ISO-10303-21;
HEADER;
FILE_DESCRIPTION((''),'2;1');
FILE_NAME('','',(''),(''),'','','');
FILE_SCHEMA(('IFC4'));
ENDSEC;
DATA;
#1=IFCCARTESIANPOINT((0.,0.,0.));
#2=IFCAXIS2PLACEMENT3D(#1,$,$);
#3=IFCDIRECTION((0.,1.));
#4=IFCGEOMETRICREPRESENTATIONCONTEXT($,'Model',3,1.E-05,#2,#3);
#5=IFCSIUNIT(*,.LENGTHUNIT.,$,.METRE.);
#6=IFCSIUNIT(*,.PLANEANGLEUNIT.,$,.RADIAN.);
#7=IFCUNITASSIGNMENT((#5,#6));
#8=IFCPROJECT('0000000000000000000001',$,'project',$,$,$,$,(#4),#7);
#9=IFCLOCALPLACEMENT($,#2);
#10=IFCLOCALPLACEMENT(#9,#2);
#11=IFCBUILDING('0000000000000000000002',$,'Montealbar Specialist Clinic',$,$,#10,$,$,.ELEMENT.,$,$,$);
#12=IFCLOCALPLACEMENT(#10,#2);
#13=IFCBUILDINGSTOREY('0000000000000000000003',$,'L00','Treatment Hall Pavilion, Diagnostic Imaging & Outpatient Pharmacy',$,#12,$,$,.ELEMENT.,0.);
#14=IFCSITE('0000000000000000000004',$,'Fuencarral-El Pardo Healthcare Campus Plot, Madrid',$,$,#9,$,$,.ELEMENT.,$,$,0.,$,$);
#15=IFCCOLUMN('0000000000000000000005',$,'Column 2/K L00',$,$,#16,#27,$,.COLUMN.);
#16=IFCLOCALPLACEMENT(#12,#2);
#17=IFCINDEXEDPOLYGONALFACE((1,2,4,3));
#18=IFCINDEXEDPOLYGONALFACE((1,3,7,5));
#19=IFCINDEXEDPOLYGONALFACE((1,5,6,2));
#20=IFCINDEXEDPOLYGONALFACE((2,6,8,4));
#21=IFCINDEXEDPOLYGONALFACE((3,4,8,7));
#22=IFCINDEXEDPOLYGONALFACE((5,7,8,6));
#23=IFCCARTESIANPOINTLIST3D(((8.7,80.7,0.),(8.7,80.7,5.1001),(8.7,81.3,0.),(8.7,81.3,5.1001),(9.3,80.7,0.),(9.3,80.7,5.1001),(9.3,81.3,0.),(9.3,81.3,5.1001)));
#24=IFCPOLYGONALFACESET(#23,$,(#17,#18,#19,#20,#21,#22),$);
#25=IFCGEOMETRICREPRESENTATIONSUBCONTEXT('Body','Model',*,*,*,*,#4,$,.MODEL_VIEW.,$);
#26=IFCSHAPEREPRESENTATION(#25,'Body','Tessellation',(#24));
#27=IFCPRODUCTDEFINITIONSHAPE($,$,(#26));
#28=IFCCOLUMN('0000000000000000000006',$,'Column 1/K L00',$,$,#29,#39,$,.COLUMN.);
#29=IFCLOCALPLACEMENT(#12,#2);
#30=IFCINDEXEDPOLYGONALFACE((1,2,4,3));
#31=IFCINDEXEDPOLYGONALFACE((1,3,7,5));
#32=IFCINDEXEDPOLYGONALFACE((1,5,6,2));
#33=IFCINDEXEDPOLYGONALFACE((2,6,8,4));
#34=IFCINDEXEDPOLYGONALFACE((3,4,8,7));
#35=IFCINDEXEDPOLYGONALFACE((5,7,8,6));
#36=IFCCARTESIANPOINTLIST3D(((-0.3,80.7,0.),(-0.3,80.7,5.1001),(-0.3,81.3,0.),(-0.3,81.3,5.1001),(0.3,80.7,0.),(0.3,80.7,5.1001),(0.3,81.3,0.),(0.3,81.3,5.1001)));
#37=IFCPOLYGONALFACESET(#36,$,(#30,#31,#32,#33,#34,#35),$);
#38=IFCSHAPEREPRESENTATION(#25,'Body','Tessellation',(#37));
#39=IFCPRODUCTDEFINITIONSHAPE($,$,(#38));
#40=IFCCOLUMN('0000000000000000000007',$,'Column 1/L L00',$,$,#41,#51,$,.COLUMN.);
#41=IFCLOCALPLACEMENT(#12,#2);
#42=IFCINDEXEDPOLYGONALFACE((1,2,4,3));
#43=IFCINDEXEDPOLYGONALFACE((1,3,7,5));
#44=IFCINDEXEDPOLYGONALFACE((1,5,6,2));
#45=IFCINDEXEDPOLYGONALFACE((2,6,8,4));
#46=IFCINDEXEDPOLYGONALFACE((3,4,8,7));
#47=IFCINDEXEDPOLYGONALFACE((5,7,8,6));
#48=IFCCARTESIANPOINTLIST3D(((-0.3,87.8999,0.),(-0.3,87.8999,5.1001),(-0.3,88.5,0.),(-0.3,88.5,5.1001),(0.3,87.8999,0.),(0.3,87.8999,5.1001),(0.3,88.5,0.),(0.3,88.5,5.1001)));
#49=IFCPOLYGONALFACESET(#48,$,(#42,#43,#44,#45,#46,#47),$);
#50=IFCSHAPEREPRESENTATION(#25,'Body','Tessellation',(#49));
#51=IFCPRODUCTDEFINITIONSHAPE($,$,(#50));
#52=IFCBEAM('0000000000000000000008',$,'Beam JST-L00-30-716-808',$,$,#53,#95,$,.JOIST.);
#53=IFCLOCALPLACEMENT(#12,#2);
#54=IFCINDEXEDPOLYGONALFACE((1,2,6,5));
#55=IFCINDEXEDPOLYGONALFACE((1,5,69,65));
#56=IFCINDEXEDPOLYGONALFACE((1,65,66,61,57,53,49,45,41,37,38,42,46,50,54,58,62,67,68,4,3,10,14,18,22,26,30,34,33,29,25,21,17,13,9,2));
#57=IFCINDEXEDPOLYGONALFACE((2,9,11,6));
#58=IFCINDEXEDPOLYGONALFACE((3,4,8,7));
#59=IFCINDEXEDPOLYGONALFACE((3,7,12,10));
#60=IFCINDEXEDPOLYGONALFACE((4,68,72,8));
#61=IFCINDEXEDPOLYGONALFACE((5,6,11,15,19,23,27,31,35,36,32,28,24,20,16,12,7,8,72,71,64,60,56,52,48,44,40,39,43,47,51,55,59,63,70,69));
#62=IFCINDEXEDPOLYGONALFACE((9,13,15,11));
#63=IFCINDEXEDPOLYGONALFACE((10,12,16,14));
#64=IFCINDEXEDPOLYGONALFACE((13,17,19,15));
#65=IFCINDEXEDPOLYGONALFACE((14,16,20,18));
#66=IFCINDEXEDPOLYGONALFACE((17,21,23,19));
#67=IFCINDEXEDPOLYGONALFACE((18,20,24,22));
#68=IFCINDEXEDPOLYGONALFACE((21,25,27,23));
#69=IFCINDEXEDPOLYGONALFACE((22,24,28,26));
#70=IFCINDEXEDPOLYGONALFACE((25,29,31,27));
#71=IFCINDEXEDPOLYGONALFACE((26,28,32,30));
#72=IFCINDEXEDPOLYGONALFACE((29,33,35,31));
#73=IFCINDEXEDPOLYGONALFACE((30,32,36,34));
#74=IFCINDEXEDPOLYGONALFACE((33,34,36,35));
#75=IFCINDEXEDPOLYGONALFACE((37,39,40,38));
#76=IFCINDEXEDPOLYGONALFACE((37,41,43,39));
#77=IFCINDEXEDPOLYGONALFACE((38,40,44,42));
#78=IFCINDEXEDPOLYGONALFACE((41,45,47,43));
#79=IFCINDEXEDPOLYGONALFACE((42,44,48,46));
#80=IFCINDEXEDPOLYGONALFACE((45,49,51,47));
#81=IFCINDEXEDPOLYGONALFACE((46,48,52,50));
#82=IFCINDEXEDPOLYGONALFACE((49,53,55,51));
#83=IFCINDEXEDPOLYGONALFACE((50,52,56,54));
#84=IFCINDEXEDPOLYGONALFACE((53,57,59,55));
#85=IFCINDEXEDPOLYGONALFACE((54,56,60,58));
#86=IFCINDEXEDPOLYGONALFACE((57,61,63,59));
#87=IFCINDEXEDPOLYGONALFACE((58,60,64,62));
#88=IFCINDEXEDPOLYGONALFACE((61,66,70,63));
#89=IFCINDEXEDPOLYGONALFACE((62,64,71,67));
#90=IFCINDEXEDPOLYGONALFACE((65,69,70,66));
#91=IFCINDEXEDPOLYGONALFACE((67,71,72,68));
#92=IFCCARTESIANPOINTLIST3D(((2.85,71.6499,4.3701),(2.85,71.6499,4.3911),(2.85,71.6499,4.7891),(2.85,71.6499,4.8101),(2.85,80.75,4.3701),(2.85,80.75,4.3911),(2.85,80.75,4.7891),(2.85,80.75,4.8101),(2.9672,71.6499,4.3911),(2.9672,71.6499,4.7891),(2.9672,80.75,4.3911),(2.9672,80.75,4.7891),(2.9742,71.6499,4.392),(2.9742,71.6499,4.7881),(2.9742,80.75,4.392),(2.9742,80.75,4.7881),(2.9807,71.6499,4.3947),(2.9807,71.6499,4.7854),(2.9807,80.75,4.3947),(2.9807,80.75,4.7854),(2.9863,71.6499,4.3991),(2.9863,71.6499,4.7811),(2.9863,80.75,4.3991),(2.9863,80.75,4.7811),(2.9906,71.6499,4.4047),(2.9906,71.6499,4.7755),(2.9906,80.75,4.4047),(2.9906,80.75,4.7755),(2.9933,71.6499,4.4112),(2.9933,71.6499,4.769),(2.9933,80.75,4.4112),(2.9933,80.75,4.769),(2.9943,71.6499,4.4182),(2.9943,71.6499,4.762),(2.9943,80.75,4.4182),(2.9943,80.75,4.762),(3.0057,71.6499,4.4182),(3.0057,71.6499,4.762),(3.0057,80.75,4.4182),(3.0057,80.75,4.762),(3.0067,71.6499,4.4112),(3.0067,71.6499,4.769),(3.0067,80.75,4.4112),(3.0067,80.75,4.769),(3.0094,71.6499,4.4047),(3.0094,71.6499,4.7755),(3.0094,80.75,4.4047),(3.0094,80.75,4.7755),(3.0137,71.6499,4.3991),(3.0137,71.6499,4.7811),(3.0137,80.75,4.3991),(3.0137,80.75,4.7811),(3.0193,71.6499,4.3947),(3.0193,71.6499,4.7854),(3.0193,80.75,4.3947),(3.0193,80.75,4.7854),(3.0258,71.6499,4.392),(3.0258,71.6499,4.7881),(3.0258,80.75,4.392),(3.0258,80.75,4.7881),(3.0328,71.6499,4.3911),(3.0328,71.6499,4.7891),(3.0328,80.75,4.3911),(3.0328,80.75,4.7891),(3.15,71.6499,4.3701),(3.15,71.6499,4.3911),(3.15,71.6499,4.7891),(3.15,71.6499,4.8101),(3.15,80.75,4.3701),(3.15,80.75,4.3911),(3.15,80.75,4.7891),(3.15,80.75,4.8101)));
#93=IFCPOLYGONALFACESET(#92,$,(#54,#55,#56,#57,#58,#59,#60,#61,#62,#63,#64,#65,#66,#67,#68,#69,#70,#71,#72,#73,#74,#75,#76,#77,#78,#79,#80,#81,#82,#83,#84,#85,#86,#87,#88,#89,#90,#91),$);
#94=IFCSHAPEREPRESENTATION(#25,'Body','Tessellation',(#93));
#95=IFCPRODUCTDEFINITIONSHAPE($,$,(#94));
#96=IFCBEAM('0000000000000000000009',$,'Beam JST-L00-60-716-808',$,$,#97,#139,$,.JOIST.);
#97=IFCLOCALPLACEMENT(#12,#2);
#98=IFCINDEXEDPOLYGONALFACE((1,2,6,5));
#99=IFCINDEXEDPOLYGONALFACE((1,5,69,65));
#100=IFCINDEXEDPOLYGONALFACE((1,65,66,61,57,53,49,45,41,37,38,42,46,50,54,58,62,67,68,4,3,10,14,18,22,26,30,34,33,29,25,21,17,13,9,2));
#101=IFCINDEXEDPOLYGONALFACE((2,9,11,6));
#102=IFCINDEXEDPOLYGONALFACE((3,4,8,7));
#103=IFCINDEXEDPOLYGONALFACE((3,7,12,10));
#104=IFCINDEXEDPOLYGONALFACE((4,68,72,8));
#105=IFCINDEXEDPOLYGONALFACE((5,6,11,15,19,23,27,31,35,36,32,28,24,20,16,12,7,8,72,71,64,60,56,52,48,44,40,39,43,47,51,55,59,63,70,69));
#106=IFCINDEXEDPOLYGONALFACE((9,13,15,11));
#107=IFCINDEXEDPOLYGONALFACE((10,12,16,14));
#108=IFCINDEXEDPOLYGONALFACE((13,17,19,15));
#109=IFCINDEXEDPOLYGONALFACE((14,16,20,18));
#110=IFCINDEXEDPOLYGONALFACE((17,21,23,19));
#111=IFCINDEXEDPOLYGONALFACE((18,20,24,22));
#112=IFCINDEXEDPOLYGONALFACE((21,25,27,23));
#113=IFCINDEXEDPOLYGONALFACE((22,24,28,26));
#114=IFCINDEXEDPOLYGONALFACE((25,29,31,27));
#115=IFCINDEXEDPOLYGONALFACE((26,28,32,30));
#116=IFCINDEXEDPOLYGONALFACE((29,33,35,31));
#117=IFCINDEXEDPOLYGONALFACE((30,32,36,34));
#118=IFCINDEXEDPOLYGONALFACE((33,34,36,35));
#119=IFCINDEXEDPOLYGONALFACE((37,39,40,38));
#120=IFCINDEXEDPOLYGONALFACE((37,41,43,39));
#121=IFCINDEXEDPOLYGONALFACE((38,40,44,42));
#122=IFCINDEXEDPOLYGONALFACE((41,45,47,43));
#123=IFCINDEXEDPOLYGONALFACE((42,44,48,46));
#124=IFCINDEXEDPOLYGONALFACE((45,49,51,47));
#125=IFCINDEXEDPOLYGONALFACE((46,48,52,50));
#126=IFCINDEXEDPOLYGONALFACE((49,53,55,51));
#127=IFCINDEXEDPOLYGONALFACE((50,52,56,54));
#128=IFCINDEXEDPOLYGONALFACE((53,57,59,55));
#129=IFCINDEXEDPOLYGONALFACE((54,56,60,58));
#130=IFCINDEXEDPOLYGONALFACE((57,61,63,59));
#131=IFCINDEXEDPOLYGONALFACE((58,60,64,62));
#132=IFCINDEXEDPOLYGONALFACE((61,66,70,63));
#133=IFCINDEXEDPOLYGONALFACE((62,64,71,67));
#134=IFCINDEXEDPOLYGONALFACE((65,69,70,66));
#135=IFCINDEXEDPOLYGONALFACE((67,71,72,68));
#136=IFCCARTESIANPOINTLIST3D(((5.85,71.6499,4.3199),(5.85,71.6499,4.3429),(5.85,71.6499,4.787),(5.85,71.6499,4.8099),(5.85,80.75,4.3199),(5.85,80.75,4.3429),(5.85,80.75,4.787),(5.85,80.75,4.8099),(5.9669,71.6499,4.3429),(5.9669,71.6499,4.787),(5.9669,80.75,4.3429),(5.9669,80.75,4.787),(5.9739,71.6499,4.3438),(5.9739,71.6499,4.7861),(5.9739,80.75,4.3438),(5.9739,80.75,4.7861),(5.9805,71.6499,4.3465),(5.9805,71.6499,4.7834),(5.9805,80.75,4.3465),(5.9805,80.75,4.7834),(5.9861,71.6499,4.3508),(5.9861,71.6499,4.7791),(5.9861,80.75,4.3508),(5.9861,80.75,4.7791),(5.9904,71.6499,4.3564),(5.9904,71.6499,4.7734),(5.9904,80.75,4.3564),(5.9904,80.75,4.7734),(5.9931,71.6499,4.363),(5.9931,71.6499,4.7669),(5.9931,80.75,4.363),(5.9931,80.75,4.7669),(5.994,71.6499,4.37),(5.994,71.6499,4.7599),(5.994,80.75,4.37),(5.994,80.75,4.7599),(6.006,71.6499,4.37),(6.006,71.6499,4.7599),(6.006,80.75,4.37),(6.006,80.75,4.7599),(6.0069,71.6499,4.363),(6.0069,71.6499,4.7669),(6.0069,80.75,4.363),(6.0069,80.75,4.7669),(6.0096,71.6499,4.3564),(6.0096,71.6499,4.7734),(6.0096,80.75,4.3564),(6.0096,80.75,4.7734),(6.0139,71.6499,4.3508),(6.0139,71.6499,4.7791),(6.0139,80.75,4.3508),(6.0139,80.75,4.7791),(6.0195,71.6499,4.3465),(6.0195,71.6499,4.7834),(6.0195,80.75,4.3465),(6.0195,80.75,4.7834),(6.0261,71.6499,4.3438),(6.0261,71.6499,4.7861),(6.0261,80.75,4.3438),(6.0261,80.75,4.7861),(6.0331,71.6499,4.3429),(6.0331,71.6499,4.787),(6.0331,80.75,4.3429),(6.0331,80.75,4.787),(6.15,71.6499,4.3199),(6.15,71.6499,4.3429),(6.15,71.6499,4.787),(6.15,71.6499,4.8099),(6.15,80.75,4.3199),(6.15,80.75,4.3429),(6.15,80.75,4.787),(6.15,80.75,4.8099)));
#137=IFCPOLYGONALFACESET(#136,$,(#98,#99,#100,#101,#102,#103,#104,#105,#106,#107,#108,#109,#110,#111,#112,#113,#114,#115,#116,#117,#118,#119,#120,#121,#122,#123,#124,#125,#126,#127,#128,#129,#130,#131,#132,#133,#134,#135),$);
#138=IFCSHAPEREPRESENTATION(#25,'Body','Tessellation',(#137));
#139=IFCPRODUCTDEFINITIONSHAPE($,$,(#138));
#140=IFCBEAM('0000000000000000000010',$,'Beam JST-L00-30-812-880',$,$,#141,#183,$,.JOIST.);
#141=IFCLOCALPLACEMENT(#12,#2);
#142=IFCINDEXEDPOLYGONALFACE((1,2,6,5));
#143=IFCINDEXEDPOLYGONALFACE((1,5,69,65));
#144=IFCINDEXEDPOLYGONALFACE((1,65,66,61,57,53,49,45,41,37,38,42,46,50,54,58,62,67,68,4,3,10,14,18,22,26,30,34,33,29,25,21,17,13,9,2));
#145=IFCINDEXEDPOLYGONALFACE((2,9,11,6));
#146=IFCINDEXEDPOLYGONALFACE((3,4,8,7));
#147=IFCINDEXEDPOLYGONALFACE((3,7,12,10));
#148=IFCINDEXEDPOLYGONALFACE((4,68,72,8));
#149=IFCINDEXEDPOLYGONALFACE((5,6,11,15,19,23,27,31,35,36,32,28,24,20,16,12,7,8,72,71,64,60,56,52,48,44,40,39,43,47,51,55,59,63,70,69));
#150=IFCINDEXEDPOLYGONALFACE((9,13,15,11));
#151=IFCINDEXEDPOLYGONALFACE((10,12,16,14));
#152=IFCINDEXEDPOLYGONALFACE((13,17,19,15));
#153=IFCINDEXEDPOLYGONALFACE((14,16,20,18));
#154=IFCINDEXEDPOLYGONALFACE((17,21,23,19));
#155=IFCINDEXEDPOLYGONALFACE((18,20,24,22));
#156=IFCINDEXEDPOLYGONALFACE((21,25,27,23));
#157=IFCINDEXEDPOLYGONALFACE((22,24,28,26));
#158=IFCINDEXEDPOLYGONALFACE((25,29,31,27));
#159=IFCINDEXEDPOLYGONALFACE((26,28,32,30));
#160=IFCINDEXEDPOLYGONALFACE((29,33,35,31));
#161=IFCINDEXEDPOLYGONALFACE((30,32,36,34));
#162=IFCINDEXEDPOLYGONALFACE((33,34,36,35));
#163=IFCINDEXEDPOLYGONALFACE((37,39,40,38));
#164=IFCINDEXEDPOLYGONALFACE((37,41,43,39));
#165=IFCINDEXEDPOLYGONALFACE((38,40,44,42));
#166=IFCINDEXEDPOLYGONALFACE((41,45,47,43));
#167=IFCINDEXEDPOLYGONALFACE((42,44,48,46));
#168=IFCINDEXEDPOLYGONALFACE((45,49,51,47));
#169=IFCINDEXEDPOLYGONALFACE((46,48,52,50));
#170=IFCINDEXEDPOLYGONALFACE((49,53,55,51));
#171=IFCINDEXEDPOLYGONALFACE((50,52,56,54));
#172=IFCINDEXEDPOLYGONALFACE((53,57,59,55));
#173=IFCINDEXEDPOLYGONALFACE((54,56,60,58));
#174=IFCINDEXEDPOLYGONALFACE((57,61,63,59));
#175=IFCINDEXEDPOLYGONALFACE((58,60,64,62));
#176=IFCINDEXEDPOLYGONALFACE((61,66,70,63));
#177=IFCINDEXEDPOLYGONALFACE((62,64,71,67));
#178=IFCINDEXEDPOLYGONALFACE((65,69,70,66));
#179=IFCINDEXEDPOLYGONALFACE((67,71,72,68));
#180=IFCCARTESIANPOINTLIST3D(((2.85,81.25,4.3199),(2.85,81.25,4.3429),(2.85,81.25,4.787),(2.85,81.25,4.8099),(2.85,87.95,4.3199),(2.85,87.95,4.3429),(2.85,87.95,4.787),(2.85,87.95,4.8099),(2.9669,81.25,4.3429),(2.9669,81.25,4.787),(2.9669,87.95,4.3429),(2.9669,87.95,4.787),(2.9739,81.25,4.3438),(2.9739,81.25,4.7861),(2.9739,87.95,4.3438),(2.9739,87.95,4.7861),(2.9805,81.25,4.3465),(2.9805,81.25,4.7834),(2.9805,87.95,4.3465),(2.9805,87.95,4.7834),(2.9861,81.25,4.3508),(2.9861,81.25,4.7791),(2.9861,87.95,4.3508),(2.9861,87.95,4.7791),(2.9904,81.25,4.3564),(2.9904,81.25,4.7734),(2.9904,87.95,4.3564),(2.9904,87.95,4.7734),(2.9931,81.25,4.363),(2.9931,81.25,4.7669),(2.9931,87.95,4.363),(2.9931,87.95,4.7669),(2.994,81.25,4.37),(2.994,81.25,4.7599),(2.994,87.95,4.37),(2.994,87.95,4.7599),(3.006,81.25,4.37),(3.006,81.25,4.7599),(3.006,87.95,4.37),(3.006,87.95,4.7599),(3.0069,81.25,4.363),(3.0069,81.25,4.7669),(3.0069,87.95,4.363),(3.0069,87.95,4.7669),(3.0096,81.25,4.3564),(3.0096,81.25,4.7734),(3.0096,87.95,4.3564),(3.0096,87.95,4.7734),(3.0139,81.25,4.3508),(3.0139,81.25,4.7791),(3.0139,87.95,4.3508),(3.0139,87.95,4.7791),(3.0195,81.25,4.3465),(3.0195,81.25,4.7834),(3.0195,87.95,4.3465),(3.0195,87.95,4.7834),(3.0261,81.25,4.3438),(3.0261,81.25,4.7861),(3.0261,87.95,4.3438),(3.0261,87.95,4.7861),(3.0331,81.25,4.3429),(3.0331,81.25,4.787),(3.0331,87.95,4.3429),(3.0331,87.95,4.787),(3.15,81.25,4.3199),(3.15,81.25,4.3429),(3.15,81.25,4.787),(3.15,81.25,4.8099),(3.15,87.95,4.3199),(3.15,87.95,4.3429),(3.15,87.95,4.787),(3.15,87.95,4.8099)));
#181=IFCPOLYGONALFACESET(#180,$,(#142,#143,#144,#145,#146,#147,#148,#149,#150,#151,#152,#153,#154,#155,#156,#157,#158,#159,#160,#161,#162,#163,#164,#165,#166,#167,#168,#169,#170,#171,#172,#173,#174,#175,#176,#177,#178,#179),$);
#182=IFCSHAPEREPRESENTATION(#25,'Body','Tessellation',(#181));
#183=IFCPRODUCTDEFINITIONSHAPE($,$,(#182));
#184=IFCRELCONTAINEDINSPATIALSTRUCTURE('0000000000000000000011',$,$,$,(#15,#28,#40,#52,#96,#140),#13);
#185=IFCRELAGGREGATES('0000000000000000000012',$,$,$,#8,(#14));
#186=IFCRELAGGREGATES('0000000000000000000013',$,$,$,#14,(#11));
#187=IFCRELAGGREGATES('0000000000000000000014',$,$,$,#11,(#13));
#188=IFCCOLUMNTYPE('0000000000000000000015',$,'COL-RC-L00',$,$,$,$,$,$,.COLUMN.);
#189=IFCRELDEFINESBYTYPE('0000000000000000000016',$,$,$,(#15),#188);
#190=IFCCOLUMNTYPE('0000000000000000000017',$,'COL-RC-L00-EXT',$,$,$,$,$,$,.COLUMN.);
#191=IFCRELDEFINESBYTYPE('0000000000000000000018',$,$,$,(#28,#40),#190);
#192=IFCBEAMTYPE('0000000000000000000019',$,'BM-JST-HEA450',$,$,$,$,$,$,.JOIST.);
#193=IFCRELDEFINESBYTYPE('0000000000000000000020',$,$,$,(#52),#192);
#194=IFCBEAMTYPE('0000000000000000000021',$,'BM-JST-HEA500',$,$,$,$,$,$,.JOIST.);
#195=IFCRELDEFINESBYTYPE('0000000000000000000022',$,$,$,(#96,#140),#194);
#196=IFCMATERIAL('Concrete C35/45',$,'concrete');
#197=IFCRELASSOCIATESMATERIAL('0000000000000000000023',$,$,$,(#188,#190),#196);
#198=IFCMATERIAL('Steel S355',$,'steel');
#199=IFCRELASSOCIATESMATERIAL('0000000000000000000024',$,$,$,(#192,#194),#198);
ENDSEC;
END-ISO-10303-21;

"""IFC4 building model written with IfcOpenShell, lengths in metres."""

from ifc_helpers import new_model, si_unit, direction, frame, origin, origin_2d, place, context, subcontext, project, spatial, rectangle, i_section, extrude, material, material_profile, profile_set, type_object, element, save


model = new_model("IFC4")

# Units and contexts
model_context = context("Model", 3, precision=1e-05, world=origin(), true_north=direction((0.0, 1.0)))
body_context = subcontext(model_context, "Body", "Model", "MODEL_VIEW")
ifc_project = project(units=[si_unit("LENGTHUNIT", "METRE"), si_unit("PLANEANGLEUNIT", "RADIAN")], contexts=[model_context])

# Site, building, storey
site_placement = place(None, origin())
site = spatial("IfcSite", under=ifc_project, at=site_placement, Name="Fuencarral-El Pardo Healthcare Campus Plot, Madrid", CompositionType="ELEMENT", RefElevation=0.0)
building_placement = place(site_placement, origin())
building = spatial("IfcBuilding", under=site, at=building_placement, Name="Montealbar Specialist Clinic", CompositionType="ELEMENT")
storey_placement = place(building_placement, origin())
storey = spatial("IfcBuildingStorey", under=building, at=storey_placement, Name="L00", Description="Treatment Hall Pavilion, Diagnostic Imaging & Outpatient Pharmacy", CompositionType="ELEMENT", Elevation=0.0)

# Columns
ifc_material_1 = material(Name="Concrete C35/45", Category="concrete")
ifc_material_profile_1 = material_profile(ifc_material_1, rectangle(XDim=0.6001, YDim=0.6001, at=origin_2d()), Name="RC 600x600", Category="concrete")
ifc_profile_set_1 = profile_set([ifc_material_profile_1], Name="Concrete C35/45")
column_type_1 = type_object("IfcColumnType", Name="COL-RC-L00", PredefinedType="COLUMN", material=ifc_profile_set_1)
column_placement = place(storey_placement, frame((9.0, 81.0, 0.0), z_axis=(0.0, 0.0, 1.0), x_axis=(1.0, 0.0, 0.0)))
element("IfcColumn", 1, at=column_placement, inside=storey, type_object=column_type_1, Name="Column 2/K L00", PredefinedType="COLUMN", context=body_context, shape_type="SweptSolid", body=[
    extrude(rectangle(XDim=0.6001, YDim=0.6001, at=origin_2d()), origin(), (0.0, 0.0, 1.0), 5.1001),
])
ifc_material_profile_2 = material_profile(ifc_material_1, rectangle(XDim=0.6001, YDim=0.6001, at=origin_2d()), Name="RC 600x600", Category="concrete")
ifc_profile_set_2 = profile_set([ifc_material_profile_2], Name="Concrete C35/45")
column_type_2 = type_object("IfcColumnType", Name="COL-RC-L00-EXT", PredefinedType="COLUMN", material=ifc_profile_set_2)
for number, where, z_axis, x_axis, name in (
    (2, (0.0, 81.0, 0.0), (0.0, 0.0, 1.0), (1.0, 0.0, 0.0), "Column 1/K L00"),
    (3, (0.0, 88.2, 0.0), (0.0, 0.0, 1.0), (1.0, 0.0, 0.0), "Column 1/L L00"),
):
    element("IfcColumn", number, at=place(storey_placement, frame(where, z_axis=z_axis, x_axis=x_axis)), inside=storey, type_object=column_type_2, Name=name, PredefinedType="COLUMN", context=body_context, shape_type="SweptSolid", body=[
        extrude(rectangle(XDim=0.6001, YDim=0.6001, at=origin_2d()), origin(), (0.0, 0.0, 1.0), 5.1001),
    ])

# Beams
ifc_material_2 = material(Name="Steel S355", Category="steel")
ifc_material_profile_3 = material_profile(ifc_material_2, i_section(OverallWidth=0.3, OverallDepth=0.4399, WebThickness=0.0115, FlangeThickness=0.021, FilletRadius=0.0271, at=origin_2d()), Name="HEA 450", Category="steel")
ifc_profile_set_3 = profile_set([ifc_material_profile_3], Name="Steel S355")
beam_type_1 = type_object("IfcBeamType", Name="BM-JST-HEA450", PredefinedType="JOIST", material=ifc_profile_set_3)
beam_1_placement = place(storey_placement, frame((3.0, 71.6499, 4.5901), z_axis=(0.0, 1.0, 0.0), x_axis=(-1.0, 0.0, 0.0)))
element("IfcBeam", 4, at=beam_1_placement, inside=storey, type_object=beam_type_1, Name="Beam JST-L00-30-716-808", PredefinedType="JOIST", context=body_context, shape_type="SweptSolid", body=[
    extrude(i_section(OverallWidth=0.3, OverallDepth=0.4399, WebThickness=0.0115, FlangeThickness=0.021, FilletRadius=0.0271, at=origin_2d()), origin(), (0.0, 0.0, 1.0), 9.1001),
])
ifc_material_profile_4 = material_profile(ifc_material_2, i_section(OverallWidth=0.3, OverallDepth=0.49, WebThickness=0.012, FlangeThickness=0.0229, FilletRadius=0.0271, at=origin_2d()), Name="HEA 500", Category="steel")
ifc_profile_set_4 = profile_set([ifc_material_profile_4], Name="Steel S355")
beam_type_2 = type_object("IfcBeamType", Name="BM-JST-HEA500", PredefinedType="JOIST", material=ifc_profile_set_4)
beam_2_placement = place(storey_placement, frame((6.0, 71.6499, 4.5649), z_axis=(0.0, 1.0, 0.0), x_axis=(-1.0, 0.0, 0.0)))
element("IfcBeam", 5, at=beam_2_placement, inside=storey, type_object=beam_type_2, Name="Beam JST-L00-60-716-808", PredefinedType="JOIST", context=body_context, shape_type="SweptSolid", body=[
    extrude(i_section(OverallWidth=0.3, OverallDepth=0.49, WebThickness=0.012, FlangeThickness=0.0229, FilletRadius=0.0271, at=origin_2d()), origin(), (0.0, 0.0, 1.0), 9.1001),
])
beam_3_placement = place(storey_placement, frame((3.0, 81.25, 4.5649), z_axis=(0.0, 1.0, 0.0), x_axis=(-1.0, 0.0, 0.0)))
element("IfcBeam", 6, at=beam_3_placement, inside=storey, type_object=beam_type_2, Name="Beam JST-L00-30-812-880", PredefinedType="JOIST", context=body_context, shape_type="SweptSolid", body=[
    extrude(i_section(OverallWidth=0.3, OverallDepth=0.49, WebThickness=0.012, FlangeThickness=0.0229, FilletRadius=0.0271, at=origin_2d()), origin(), (0.0, 0.0, 1.0), 6.7),
])

save(model, "model.ifc")
